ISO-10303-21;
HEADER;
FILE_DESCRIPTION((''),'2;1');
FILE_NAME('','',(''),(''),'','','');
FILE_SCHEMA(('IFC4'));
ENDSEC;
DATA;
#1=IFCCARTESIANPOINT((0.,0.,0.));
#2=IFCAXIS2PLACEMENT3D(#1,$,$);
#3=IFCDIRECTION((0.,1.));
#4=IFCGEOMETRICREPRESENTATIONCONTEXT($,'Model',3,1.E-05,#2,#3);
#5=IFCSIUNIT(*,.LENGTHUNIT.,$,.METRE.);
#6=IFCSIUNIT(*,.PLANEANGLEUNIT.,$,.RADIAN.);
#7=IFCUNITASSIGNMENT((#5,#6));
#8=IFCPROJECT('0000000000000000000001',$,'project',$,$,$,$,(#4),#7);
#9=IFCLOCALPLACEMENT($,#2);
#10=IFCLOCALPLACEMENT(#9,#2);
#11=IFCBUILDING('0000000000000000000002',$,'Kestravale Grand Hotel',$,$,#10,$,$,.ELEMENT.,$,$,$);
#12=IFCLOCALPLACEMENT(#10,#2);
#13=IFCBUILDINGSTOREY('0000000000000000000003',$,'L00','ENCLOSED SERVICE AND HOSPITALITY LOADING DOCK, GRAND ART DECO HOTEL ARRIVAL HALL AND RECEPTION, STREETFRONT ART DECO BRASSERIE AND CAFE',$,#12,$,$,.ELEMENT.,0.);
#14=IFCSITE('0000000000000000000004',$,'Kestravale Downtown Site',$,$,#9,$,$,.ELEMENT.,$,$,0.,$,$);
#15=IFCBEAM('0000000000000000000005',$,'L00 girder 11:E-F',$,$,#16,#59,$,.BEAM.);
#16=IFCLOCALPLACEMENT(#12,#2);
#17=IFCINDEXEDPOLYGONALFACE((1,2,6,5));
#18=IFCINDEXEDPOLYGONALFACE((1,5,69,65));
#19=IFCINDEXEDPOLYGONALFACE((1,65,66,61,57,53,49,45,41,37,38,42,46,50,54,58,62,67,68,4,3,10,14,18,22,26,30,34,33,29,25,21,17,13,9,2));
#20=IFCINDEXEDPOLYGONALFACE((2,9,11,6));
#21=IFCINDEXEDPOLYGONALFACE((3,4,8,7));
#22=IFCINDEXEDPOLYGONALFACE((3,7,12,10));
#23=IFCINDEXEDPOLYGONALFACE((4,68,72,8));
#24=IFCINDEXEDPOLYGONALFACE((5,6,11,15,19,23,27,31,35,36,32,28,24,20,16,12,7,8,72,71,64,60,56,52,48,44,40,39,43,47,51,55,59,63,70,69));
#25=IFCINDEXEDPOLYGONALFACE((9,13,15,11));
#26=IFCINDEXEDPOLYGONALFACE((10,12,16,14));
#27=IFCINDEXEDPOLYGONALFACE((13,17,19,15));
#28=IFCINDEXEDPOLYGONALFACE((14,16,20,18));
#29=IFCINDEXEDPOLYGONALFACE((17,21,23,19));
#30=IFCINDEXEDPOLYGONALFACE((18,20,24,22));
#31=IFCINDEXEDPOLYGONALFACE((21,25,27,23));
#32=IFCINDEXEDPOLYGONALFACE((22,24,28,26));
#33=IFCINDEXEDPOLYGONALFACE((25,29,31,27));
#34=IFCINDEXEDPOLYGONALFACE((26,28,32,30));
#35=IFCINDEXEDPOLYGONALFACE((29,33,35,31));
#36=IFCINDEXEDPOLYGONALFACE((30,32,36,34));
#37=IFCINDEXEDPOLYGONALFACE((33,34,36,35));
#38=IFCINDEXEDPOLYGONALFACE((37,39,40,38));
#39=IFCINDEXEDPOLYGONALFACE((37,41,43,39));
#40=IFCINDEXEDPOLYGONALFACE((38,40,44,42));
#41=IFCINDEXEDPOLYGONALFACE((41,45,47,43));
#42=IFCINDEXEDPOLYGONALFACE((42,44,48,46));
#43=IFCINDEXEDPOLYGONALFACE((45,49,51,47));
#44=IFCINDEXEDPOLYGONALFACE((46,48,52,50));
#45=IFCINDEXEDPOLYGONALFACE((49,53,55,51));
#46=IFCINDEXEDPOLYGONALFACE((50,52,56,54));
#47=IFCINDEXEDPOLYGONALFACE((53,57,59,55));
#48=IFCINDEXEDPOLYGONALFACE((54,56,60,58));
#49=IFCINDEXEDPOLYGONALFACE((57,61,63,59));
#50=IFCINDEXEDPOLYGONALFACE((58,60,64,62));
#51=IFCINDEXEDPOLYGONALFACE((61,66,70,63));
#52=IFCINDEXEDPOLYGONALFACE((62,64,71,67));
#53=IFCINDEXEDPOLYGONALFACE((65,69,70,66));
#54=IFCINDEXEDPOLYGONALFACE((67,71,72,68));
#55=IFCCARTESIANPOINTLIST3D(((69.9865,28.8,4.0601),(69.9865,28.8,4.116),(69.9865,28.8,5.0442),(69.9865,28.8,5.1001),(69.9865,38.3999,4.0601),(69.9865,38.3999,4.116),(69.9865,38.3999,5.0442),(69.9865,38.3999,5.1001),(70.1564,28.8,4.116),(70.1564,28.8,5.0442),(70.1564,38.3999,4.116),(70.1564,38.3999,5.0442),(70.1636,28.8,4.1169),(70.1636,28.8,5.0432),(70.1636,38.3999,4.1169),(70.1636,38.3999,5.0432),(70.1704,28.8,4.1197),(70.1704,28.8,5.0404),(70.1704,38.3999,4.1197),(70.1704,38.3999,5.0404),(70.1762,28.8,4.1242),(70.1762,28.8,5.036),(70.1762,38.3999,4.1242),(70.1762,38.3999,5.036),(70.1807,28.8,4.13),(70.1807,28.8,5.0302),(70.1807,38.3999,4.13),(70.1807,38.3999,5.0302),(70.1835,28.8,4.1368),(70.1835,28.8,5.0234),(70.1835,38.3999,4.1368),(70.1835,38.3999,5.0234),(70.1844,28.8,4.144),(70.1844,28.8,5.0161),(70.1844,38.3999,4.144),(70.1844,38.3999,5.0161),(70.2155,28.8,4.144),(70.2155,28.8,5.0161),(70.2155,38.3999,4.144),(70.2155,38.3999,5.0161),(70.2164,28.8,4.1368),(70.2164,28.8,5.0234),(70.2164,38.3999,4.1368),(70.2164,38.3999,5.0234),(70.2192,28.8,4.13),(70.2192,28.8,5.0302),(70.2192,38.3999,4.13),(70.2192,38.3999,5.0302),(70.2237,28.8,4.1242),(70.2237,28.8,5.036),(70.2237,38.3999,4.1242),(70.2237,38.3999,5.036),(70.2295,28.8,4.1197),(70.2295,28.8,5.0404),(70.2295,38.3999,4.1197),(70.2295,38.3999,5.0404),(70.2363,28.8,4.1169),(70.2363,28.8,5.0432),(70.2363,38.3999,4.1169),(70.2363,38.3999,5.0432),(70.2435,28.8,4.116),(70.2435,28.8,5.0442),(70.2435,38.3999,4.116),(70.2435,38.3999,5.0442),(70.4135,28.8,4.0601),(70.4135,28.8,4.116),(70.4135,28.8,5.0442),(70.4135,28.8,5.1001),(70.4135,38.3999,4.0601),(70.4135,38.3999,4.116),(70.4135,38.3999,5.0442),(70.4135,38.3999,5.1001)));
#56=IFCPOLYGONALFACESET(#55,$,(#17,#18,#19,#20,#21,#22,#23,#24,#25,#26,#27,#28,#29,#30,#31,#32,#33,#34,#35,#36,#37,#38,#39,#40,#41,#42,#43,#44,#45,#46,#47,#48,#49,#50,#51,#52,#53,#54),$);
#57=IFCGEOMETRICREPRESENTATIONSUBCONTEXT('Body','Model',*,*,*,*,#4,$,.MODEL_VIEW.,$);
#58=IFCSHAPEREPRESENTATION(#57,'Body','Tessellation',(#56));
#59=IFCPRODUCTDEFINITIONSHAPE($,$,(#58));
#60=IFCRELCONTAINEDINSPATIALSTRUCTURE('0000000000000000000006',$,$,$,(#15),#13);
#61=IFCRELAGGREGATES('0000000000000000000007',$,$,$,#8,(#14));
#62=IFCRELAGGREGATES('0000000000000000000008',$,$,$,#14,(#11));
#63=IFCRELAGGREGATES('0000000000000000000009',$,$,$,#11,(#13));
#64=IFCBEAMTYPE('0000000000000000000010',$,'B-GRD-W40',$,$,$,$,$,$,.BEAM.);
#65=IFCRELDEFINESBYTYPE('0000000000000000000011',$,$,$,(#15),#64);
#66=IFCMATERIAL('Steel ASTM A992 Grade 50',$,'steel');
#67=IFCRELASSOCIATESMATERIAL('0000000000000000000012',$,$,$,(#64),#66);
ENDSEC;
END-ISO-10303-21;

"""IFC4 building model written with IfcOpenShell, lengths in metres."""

from ifc_helpers import new_model, si_unit, direction, frame, origin, origin_2d, place, context, subcontext, project, spatial, i_section, extrude, material, material_profile, profile_set, type_object, element, save


model = new_model("IFC4")

# Units and contexts
model_context = context("Model", 3, precision=1e-05, world=origin(), true_north=direction((0.0, 1.0)))
body_context = subcontext(model_context, "Body", "Model", "MODEL_VIEW")
ifc_project = project(units=[si_unit("LENGTHUNIT", "METRE"), si_unit("PLANEANGLEUNIT", "RADIAN")], contexts=[model_context])

# Site, building, storey
site_placement = place(None, origin())
site = spatial("IfcSite", under=ifc_project, at=site_placement, Name="Kestravale Downtown Site", CompositionType="ELEMENT", RefElevation=0.0)
building_placement = place(site_placement, origin())
building = spatial("IfcBuilding", under=site, at=building_placement, Name="Kestravale Grand Hotel", CompositionType="ELEMENT")
storey_placement = place(building_placement, origin())
storey = spatial("IfcBuildingStorey", under=building, at=storey_placement, Name="L00", Description="ENCLOSED SERVICE AND HOSPITALITY LOADING DOCK, GRAND ART DECO HOTEL ARRIVAL HALL AND RECEPTION, STREETFRONT ART DECO BRASSERIE AND CAFE", CompositionType="ELEMENT", Elevation=0.0)

# Beam
ifc_material_1 = material(Name="Steel ASTM A992 Grade 50", Category="steel")
ifc_material_profile_1 = material_profile(ifc_material_1, i_section(OverallWidth=0.427, OverallDepth=1.04, WebThickness=0.031, FlangeThickness=0.0559, FilletRadius=0.0281, at=origin_2d()))
ifc_profile_set_1 = profile_set([ifc_material_profile_1], Name="Steel ASTM A992 Grade 50")
beam_type_1 = type_object("IfcBeamType", Name="B-GRD-W40", PredefinedType="BEAM", material=ifc_profile_set_1)
beam_1_placement = place(storey_placement, frame((70.2, 28.8, 4.5801), z_axis=(0.0, 1.0, 0.0), x_axis=(-1.0, 0.0, 0.0)))
element("IfcBeam", 1, at=beam_1_placement, inside=storey, type_object=beam_type_1, Name="L00 girder 11:E-F", PredefinedType="BEAM", context=body_context, shape_type="SweptSolid", body=[
    extrude(i_section(OverallWidth=0.427, OverallDepth=1.04, WebThickness=0.031, FlangeThickness=0.0559, FilletRadius=0.0281, at=origin_2d()), origin(), (0.0, 0.0, 1.0), 9.5999),
])

save(model, "model.ifc")
